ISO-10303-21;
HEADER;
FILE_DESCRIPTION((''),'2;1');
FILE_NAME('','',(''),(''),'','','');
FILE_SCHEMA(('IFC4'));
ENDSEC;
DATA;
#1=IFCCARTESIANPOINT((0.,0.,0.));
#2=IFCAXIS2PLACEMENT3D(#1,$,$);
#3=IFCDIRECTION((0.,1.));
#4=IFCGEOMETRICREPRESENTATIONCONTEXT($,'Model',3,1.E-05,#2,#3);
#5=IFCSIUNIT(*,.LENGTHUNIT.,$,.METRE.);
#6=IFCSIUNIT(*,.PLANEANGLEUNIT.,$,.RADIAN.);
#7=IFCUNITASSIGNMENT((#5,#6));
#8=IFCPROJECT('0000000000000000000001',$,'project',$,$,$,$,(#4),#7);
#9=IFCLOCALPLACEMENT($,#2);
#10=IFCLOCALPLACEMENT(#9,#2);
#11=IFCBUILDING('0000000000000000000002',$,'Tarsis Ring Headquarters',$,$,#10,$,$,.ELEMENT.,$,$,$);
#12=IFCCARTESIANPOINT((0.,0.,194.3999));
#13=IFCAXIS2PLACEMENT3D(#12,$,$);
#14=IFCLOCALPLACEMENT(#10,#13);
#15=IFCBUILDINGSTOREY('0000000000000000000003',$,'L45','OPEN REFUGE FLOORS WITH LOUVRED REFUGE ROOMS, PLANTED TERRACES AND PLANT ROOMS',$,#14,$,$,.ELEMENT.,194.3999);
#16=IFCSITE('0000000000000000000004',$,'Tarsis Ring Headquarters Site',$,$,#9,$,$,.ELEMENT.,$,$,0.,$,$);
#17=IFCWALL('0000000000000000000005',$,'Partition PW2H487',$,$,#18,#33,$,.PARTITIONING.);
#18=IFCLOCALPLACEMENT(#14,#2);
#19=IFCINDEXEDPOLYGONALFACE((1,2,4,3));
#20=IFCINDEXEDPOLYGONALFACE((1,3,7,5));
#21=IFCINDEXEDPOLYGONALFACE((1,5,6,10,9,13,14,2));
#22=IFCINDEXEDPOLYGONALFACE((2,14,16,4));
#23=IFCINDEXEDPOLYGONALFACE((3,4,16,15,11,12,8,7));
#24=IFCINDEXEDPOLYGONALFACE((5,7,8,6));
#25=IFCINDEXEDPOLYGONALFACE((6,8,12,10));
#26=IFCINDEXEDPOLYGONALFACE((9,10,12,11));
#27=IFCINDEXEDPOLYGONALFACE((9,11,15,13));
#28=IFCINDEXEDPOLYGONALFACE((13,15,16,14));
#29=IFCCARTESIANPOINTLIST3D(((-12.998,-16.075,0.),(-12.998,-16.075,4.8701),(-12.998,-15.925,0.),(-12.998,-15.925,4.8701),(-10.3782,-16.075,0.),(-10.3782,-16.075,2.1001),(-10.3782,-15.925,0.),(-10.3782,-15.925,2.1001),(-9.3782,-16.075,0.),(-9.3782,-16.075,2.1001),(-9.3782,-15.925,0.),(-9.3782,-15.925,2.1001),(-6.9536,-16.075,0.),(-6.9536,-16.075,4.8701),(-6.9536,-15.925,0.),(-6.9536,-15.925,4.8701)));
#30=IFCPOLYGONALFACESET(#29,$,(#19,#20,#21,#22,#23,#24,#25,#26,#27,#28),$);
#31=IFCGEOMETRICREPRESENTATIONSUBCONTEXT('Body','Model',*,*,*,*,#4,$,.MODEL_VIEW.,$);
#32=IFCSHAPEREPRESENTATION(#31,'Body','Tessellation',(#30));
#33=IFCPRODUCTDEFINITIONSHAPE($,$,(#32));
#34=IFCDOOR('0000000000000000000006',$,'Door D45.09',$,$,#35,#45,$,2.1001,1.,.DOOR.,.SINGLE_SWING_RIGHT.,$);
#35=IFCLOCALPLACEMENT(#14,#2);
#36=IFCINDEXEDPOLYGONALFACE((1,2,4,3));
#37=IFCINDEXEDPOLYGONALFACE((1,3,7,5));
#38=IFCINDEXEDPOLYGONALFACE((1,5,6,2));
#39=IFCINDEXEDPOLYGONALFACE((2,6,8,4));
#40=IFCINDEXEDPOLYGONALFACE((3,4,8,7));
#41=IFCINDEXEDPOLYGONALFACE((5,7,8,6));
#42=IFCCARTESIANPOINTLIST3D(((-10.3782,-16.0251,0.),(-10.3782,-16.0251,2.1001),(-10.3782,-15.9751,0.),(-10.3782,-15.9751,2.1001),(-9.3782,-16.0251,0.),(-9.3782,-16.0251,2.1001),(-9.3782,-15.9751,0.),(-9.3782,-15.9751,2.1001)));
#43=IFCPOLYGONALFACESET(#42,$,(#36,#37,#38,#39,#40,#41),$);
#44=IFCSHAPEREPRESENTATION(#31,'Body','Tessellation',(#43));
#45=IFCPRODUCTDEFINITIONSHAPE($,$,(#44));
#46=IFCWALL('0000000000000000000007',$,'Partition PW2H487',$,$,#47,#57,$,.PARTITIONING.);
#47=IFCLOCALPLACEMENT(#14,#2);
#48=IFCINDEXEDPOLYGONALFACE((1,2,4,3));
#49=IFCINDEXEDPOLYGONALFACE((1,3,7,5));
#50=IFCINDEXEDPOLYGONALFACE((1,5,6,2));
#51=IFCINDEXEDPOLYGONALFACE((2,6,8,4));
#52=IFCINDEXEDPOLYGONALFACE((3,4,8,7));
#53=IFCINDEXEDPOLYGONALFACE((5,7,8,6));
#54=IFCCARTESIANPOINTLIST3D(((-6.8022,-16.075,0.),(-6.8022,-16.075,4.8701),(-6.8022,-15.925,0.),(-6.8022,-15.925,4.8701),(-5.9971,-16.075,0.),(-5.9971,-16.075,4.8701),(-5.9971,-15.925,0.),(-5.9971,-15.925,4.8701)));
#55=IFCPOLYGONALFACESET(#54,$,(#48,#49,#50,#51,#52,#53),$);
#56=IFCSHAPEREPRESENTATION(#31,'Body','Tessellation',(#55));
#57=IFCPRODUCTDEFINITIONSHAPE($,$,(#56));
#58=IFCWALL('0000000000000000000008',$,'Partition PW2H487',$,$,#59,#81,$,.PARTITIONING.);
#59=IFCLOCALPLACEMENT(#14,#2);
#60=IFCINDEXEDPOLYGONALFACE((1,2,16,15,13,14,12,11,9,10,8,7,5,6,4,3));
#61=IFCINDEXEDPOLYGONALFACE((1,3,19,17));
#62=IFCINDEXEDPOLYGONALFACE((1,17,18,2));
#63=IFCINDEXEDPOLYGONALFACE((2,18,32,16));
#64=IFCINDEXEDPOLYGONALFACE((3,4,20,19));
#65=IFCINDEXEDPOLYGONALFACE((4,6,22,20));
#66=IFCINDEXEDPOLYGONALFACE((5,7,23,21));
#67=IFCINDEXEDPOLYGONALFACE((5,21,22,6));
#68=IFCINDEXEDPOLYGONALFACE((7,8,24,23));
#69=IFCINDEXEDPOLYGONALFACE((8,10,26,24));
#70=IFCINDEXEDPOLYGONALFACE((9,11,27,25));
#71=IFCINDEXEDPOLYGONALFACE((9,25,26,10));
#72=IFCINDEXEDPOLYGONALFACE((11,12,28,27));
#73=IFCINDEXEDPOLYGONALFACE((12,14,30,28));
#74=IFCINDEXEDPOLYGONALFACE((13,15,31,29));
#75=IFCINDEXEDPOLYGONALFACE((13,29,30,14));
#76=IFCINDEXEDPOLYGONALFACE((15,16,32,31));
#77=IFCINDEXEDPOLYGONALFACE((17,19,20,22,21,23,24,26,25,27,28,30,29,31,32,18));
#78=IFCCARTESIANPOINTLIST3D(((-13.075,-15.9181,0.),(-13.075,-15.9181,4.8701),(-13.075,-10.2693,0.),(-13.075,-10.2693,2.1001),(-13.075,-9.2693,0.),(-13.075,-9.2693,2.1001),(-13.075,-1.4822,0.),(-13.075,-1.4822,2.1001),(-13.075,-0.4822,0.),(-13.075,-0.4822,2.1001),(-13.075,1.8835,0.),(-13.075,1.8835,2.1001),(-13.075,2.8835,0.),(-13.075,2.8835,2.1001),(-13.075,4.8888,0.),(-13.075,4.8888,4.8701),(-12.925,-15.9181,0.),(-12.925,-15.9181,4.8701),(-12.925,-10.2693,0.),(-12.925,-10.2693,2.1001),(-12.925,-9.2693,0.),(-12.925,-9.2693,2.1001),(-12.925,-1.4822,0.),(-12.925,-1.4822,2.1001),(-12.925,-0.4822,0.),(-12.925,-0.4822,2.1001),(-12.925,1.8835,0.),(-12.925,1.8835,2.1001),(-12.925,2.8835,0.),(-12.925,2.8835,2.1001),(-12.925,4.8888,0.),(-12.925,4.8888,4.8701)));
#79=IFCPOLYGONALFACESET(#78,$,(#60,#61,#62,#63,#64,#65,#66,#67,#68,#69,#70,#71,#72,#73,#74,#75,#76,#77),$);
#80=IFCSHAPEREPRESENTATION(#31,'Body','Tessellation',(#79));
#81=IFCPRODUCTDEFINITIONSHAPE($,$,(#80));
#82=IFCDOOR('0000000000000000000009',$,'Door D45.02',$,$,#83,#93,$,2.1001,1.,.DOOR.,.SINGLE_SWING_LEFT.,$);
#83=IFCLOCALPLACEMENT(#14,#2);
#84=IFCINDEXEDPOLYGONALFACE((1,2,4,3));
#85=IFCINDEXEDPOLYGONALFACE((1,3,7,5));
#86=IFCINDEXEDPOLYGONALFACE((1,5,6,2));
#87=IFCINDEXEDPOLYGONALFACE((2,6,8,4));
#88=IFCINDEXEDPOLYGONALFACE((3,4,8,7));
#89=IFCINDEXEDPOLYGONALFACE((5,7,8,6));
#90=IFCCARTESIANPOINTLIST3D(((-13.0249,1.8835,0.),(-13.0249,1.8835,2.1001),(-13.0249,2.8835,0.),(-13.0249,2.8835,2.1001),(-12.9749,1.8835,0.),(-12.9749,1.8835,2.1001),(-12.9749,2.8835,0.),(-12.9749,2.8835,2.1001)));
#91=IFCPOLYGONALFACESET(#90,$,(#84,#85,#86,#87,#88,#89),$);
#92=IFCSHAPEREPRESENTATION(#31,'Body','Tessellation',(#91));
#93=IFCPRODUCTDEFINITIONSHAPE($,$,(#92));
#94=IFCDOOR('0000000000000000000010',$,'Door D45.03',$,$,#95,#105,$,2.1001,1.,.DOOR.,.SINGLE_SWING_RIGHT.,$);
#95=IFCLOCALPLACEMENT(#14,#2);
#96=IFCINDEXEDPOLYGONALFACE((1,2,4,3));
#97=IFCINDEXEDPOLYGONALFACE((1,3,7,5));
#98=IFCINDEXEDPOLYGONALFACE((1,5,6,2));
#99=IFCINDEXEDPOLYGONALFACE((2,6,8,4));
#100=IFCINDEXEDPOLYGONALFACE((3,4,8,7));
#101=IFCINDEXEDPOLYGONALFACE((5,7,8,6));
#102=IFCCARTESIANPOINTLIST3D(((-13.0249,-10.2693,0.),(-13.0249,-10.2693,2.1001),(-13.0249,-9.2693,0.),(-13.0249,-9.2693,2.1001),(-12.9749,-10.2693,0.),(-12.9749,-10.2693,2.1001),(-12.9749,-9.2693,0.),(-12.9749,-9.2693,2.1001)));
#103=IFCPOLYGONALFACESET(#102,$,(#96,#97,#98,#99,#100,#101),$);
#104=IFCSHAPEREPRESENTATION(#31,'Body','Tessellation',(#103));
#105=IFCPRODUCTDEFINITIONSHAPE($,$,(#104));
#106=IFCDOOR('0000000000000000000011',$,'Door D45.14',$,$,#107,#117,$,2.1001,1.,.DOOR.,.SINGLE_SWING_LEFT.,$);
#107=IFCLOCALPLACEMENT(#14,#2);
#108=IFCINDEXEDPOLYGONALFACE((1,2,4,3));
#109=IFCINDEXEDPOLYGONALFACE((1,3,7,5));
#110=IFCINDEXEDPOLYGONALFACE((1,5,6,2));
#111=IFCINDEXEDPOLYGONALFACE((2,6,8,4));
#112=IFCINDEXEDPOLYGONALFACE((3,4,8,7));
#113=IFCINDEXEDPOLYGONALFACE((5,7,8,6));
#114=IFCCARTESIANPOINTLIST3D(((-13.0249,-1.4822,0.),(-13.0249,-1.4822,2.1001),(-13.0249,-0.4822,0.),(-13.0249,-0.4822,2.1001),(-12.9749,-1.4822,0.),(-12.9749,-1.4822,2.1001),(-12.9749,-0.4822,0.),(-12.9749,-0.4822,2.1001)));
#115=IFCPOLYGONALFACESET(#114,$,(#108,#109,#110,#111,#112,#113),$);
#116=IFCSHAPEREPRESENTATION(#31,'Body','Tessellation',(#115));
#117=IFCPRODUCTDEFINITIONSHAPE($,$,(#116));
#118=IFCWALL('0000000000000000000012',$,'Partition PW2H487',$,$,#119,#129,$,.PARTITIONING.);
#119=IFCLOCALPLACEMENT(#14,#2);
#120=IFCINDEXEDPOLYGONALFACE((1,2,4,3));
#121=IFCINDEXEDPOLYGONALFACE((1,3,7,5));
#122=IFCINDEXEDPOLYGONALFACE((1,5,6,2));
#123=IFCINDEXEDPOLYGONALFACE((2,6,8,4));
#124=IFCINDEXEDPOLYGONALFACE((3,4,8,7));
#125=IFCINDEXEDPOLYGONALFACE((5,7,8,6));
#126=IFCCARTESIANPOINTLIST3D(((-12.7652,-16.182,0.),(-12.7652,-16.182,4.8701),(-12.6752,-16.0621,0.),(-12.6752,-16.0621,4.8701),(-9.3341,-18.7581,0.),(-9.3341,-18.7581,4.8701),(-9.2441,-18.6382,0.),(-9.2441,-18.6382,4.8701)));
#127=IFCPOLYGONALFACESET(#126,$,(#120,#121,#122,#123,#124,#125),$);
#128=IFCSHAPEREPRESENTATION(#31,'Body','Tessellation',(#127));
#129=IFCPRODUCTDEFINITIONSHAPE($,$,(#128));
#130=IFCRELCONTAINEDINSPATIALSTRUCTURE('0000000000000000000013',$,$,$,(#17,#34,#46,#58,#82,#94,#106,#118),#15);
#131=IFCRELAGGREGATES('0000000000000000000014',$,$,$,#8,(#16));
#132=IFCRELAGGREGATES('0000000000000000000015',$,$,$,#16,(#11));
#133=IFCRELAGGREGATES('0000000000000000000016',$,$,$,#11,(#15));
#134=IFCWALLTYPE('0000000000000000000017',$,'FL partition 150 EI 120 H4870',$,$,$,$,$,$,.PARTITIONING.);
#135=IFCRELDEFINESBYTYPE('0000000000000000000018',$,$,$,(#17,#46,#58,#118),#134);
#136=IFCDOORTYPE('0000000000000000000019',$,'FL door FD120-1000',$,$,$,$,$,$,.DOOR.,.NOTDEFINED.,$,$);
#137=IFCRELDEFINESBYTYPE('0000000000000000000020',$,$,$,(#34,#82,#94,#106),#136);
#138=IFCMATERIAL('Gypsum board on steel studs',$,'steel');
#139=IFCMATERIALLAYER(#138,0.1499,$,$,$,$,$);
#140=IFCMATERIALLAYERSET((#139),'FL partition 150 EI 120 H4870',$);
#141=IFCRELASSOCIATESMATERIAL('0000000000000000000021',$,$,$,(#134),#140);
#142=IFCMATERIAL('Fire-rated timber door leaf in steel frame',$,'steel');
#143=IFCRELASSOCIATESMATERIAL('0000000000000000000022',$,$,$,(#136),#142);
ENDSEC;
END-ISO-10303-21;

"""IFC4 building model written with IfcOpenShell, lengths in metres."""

from ifc_helpers import new_model, si_unit, direction, frame, frame_2d, origin, place, context, subcontext, project, spatial, rectangle, extrude, material, layer, layer_set, type_object, element, fill, save


model = new_model("IFC4")

# Units and contexts
model_context = context("Model", 3, precision=1e-05, world=origin(), true_north=direction((0.0, 1.0)))
body_context = subcontext(model_context, "Body", "Model", "MODEL_VIEW")
ifc_project = project(units=[si_unit("LENGTHUNIT", "METRE"), si_unit("PLANEANGLEUNIT", "RADIAN")], contexts=[model_context])

# Site, building, storey
site_placement = place(None, origin())
site = spatial("IfcSite", under=ifc_project, at=site_placement, Name="Tarsis Ring Headquarters Site", CompositionType="ELEMENT", RefElevation=0.0)
building_placement = place(site_placement, origin())
building = spatial("IfcBuilding", under=site, at=building_placement, Name="Tarsis Ring Headquarters", CompositionType="ELEMENT")
storey_placement = place(building_placement, frame((0.0, 0.0, 194.3999)))
storey = spatial("IfcBuildingStorey", under=building, at=storey_placement, Name="L45", Description="OPEN REFUGE FLOORS WITH LOUVRED REFUGE ROOMS, PLANTED TERRACES AND PLANT ROOMS", CompositionType="ELEMENT", Elevation=194.3999)

# Wall, opening, door
ifc_material_1 = material(Name="Gypsum board on steel studs", Category="steel")
ifc_layer_1 = layer(ifc_material_1, 0.1499)
ifc_layer_set_1 = layer_set([ifc_layer_1], Name="FL partition 150 EI 120 H4870")
wall_type_1 = type_object("IfcWallType", Name="FL partition 150 EI 120 H4870", PredefinedType="PARTITIONING", material=ifc_layer_set_1)
wall_1_placement = place(storey_placement, frame((-12.998, -16.0, 0.0), z_axis=(0.0, 0.0, 1.0), x_axis=(1.0, 0.0, 0.0)))
wall_1 = element("IfcWall", 1, at=wall_1_placement, inside=storey, type_object=wall_type_1, Name="Partition PW2H487", PredefinedType="PARTITIONING", context=body_context, shape_type="SweptSolid", body=[
    extrude(rectangle(XDim=6.0444, YDim=0.1499, at=frame_2d((3.0222, 0.0))), origin(), (0.0, 0.0, 1.0), 4.8701),
])
opening_1_placement = place(wall_1_placement, frame((2.6199, 0.0, 0.0)))
opening_1 = element("IfcOpeningElement", 2, at=opening_1_placement, cuts=wall_1, PredefinedType="OPENING", context=body_context, shape_type="SweptSolid", body=[
    extrude(rectangle(XDim=1.0, YDim=2.1001, at=frame_2d((0.5, 1.05))), frame((0.0, 0.085, 0.0), z_axis=(0.0, -1.0, 0.0), x_axis=(1.0, 0.0, 0.0)), (0.0, 0.0, 1.0), 0.1699),
])
ifc_material_2 = material(Name="Fire-rated timber door leaf in steel frame", Category="steel")
door_type_1 = type_object("IfcDoorType", Name="FL door FD120-1000", OperationType="NOTDEFINED", PredefinedType="DOOR", material=ifc_material_2)
door_1_placement = place(opening_1_placement, origin())
door_1 = element("IfcDoor", 3, at=door_1_placement, inside=storey, type_object=door_type_1, Name="Door D45.09", OperationType="SINGLE_SWING_RIGHT", OverallHeight=2.1001, OverallWidth=1.0, PredefinedType="DOOR", context=body_context, shape_type="SweptSolid", body=[
    extrude(rectangle(XDim=1.0, YDim=2.1001, at=frame_2d((0.5, 1.05))), frame((0.0, 0.0249, 0.0), z_axis=(0.0, -1.0, 0.0), x_axis=(1.0, 0.0, 0.0)), (0.0, 0.0, 1.0), 0.05),
])
fill(opening_1, door_1)

# Wall
wall_2_placement = place(storey_placement, frame((-6.8022, -16.0, 0.0), z_axis=(0.0, 0.0, 1.0), x_axis=(1.0, 0.0, 0.0)))
element("IfcWall", 4, at=wall_2_placement, inside=storey, type_object=wall_type_1, Name="Partition PW2H487", PredefinedType="PARTITIONING", context=body_context, shape_type="SweptSolid", body=[
    extrude(rectangle(XDim=0.8052, YDim=0.1499, at=frame_2d((0.4026, 0.0))), origin(), (0.0, 0.0, 1.0), 4.8701),
])

# Wall, openings, doors
wall_3_placement = place(storey_placement, frame((-13.0, -15.918, 0.0), z_axis=(0.0, 0.0, 1.0), x_axis=(0.0, 1.0, 0.0)))
wall_3 = element("IfcWall", 5, at=wall_3_placement, inside=storey, type_object=wall_type_1, Name="Partition PW2H487", PredefinedType="PARTITIONING", context=body_context, shape_type="SweptSolid", body=[
    extrude(rectangle(XDim=20.8069, YDim=0.1499, at=frame_2d((10.4033, 0.0))), origin(), (0.0, 0.0, 1.0), 4.8701),
])
opening_2_placement = place(wall_3_placement, frame((17.8015, 0.0, 0.0)))
opening_2 = element("IfcOpeningElement", 6, at=opening_2_placement, cuts=wall_3, PredefinedType="OPENING", context=body_context, shape_type="SweptSolid", body=[
    extrude(rectangle(XDim=1.0, YDim=2.1001, at=frame_2d((0.5, 1.05))), frame((0.0, 0.085, 0.0), z_axis=(0.0, -1.0, 0.0), x_axis=(1.0, 0.0, 0.0)), (0.0, 0.0, 1.0), 0.1699),
])
opening_3_placement = place(wall_3_placement, frame((5.6487, 0.0, 0.0)))
opening_3 = element("IfcOpeningElement", 7, at=opening_3_placement, cuts=wall_3, PredefinedType="OPENING", context=body_context, shape_type="SweptSolid", body=[
    extrude(rectangle(XDim=1.0, YDim=2.1001, at=frame_2d((0.5, 1.05))), frame((0.0, 0.085, 0.0), z_axis=(0.0, -1.0, 0.0), x_axis=(1.0, 0.0, 0.0)), (0.0, 0.0, 1.0), 0.1699),
])
opening_4_placement = place(wall_3_placement, frame((14.4358, 0.0, 0.0)))
opening_4 = element("IfcOpeningElement", 8, at=opening_4_placement, cuts=wall_3, PredefinedType="OPENING", context=body_context, shape_type="SweptSolid", body=[
    extrude(rectangle(XDim=1.0, YDim=2.1001, at=frame_2d((0.5, 1.05))), frame((0.0, 0.085, 0.0), z_axis=(0.0, -1.0, 0.0), x_axis=(1.0, 0.0, 0.0)), (0.0, 0.0, 1.0), 0.1699),
])
door_2_placement = place(opening_2_placement, origin())
door_2 = element("IfcDoor", 9, at=door_2_placement, inside=storey, type_object=door_type_1, Name="Door D45.02", OperationType="SINGLE_SWING_LEFT", OverallHeight=2.1001, OverallWidth=1.0, PredefinedType="DOOR", context=body_context, shape_type="SweptSolid", body=[
    extrude(rectangle(XDim=1.0, YDim=2.1001, at=frame_2d((0.5, 1.05))), frame((0.0, 0.0249, 0.0), z_axis=(0.0, -1.0, 0.0), x_axis=(1.0, 0.0, 0.0)), (0.0, 0.0, 1.0), 0.05),
])
fill(opening_2, door_2)
door_3_placement = place(opening_3_placement, origin())
door_3 = element("IfcDoor", 10, at=door_3_placement, inside=storey, type_object=door_type_1, Name="Door D45.03", OperationType="SINGLE_SWING_RIGHT", OverallHeight=2.1001, OverallWidth=1.0, PredefinedType="DOOR", context=body_context, shape_type="SweptSolid", body=[
    extrude(rectangle(XDim=1.0, YDim=2.1001, at=frame_2d((0.5, 1.05))), frame((0.0, 0.0249, 0.0), z_axis=(0.0, -1.0, 0.0), x_axis=(1.0, 0.0, 0.0)), (0.0, 0.0, 1.0), 0.05),
])
fill(opening_3, door_3)
door_4_placement = place(opening_4_placement, origin())
door_4 = element("IfcDoor", 11, at=door_4_placement, inside=storey, type_object=door_type_1, Name="Door D45.14", OperationType="SINGLE_SWING_LEFT", OverallHeight=2.1001, OverallWidth=1.0, PredefinedType="DOOR", context=body_context, shape_type="SweptSolid", body=[
    extrude(rectangle(XDim=1.0, YDim=2.1001, at=frame_2d((0.5, 1.05))), frame((0.0, 0.0249, 0.0), z_axis=(0.0, -1.0, 0.0), x_axis=(1.0, 0.0, 0.0)), (0.0, 0.0, 1.0), 0.05),
])
fill(opening_4, door_4)

# Wall
wall_4_placement = place(storey_placement, frame((-12.7202, -16.1221, 0.0), z_axis=(0.0, 0.0, 1.0), x_axis=(0.799686, -0.600419, 0.0)))
element("IfcWall", 12, at=wall_4_placement, inside=storey, type_object=wall_type_1, Name="Partition PW2H487", PredefinedType="PARTITIONING", context=body_context, shape_type="SweptSolid", body=[
    extrude(rectangle(XDim=4.2905, YDim=0.1499, at=frame_2d((2.1453, 0.0))), origin(), (0.0, 0.0, 1.0), 4.8701),
])

save(model, "model.ifc")
